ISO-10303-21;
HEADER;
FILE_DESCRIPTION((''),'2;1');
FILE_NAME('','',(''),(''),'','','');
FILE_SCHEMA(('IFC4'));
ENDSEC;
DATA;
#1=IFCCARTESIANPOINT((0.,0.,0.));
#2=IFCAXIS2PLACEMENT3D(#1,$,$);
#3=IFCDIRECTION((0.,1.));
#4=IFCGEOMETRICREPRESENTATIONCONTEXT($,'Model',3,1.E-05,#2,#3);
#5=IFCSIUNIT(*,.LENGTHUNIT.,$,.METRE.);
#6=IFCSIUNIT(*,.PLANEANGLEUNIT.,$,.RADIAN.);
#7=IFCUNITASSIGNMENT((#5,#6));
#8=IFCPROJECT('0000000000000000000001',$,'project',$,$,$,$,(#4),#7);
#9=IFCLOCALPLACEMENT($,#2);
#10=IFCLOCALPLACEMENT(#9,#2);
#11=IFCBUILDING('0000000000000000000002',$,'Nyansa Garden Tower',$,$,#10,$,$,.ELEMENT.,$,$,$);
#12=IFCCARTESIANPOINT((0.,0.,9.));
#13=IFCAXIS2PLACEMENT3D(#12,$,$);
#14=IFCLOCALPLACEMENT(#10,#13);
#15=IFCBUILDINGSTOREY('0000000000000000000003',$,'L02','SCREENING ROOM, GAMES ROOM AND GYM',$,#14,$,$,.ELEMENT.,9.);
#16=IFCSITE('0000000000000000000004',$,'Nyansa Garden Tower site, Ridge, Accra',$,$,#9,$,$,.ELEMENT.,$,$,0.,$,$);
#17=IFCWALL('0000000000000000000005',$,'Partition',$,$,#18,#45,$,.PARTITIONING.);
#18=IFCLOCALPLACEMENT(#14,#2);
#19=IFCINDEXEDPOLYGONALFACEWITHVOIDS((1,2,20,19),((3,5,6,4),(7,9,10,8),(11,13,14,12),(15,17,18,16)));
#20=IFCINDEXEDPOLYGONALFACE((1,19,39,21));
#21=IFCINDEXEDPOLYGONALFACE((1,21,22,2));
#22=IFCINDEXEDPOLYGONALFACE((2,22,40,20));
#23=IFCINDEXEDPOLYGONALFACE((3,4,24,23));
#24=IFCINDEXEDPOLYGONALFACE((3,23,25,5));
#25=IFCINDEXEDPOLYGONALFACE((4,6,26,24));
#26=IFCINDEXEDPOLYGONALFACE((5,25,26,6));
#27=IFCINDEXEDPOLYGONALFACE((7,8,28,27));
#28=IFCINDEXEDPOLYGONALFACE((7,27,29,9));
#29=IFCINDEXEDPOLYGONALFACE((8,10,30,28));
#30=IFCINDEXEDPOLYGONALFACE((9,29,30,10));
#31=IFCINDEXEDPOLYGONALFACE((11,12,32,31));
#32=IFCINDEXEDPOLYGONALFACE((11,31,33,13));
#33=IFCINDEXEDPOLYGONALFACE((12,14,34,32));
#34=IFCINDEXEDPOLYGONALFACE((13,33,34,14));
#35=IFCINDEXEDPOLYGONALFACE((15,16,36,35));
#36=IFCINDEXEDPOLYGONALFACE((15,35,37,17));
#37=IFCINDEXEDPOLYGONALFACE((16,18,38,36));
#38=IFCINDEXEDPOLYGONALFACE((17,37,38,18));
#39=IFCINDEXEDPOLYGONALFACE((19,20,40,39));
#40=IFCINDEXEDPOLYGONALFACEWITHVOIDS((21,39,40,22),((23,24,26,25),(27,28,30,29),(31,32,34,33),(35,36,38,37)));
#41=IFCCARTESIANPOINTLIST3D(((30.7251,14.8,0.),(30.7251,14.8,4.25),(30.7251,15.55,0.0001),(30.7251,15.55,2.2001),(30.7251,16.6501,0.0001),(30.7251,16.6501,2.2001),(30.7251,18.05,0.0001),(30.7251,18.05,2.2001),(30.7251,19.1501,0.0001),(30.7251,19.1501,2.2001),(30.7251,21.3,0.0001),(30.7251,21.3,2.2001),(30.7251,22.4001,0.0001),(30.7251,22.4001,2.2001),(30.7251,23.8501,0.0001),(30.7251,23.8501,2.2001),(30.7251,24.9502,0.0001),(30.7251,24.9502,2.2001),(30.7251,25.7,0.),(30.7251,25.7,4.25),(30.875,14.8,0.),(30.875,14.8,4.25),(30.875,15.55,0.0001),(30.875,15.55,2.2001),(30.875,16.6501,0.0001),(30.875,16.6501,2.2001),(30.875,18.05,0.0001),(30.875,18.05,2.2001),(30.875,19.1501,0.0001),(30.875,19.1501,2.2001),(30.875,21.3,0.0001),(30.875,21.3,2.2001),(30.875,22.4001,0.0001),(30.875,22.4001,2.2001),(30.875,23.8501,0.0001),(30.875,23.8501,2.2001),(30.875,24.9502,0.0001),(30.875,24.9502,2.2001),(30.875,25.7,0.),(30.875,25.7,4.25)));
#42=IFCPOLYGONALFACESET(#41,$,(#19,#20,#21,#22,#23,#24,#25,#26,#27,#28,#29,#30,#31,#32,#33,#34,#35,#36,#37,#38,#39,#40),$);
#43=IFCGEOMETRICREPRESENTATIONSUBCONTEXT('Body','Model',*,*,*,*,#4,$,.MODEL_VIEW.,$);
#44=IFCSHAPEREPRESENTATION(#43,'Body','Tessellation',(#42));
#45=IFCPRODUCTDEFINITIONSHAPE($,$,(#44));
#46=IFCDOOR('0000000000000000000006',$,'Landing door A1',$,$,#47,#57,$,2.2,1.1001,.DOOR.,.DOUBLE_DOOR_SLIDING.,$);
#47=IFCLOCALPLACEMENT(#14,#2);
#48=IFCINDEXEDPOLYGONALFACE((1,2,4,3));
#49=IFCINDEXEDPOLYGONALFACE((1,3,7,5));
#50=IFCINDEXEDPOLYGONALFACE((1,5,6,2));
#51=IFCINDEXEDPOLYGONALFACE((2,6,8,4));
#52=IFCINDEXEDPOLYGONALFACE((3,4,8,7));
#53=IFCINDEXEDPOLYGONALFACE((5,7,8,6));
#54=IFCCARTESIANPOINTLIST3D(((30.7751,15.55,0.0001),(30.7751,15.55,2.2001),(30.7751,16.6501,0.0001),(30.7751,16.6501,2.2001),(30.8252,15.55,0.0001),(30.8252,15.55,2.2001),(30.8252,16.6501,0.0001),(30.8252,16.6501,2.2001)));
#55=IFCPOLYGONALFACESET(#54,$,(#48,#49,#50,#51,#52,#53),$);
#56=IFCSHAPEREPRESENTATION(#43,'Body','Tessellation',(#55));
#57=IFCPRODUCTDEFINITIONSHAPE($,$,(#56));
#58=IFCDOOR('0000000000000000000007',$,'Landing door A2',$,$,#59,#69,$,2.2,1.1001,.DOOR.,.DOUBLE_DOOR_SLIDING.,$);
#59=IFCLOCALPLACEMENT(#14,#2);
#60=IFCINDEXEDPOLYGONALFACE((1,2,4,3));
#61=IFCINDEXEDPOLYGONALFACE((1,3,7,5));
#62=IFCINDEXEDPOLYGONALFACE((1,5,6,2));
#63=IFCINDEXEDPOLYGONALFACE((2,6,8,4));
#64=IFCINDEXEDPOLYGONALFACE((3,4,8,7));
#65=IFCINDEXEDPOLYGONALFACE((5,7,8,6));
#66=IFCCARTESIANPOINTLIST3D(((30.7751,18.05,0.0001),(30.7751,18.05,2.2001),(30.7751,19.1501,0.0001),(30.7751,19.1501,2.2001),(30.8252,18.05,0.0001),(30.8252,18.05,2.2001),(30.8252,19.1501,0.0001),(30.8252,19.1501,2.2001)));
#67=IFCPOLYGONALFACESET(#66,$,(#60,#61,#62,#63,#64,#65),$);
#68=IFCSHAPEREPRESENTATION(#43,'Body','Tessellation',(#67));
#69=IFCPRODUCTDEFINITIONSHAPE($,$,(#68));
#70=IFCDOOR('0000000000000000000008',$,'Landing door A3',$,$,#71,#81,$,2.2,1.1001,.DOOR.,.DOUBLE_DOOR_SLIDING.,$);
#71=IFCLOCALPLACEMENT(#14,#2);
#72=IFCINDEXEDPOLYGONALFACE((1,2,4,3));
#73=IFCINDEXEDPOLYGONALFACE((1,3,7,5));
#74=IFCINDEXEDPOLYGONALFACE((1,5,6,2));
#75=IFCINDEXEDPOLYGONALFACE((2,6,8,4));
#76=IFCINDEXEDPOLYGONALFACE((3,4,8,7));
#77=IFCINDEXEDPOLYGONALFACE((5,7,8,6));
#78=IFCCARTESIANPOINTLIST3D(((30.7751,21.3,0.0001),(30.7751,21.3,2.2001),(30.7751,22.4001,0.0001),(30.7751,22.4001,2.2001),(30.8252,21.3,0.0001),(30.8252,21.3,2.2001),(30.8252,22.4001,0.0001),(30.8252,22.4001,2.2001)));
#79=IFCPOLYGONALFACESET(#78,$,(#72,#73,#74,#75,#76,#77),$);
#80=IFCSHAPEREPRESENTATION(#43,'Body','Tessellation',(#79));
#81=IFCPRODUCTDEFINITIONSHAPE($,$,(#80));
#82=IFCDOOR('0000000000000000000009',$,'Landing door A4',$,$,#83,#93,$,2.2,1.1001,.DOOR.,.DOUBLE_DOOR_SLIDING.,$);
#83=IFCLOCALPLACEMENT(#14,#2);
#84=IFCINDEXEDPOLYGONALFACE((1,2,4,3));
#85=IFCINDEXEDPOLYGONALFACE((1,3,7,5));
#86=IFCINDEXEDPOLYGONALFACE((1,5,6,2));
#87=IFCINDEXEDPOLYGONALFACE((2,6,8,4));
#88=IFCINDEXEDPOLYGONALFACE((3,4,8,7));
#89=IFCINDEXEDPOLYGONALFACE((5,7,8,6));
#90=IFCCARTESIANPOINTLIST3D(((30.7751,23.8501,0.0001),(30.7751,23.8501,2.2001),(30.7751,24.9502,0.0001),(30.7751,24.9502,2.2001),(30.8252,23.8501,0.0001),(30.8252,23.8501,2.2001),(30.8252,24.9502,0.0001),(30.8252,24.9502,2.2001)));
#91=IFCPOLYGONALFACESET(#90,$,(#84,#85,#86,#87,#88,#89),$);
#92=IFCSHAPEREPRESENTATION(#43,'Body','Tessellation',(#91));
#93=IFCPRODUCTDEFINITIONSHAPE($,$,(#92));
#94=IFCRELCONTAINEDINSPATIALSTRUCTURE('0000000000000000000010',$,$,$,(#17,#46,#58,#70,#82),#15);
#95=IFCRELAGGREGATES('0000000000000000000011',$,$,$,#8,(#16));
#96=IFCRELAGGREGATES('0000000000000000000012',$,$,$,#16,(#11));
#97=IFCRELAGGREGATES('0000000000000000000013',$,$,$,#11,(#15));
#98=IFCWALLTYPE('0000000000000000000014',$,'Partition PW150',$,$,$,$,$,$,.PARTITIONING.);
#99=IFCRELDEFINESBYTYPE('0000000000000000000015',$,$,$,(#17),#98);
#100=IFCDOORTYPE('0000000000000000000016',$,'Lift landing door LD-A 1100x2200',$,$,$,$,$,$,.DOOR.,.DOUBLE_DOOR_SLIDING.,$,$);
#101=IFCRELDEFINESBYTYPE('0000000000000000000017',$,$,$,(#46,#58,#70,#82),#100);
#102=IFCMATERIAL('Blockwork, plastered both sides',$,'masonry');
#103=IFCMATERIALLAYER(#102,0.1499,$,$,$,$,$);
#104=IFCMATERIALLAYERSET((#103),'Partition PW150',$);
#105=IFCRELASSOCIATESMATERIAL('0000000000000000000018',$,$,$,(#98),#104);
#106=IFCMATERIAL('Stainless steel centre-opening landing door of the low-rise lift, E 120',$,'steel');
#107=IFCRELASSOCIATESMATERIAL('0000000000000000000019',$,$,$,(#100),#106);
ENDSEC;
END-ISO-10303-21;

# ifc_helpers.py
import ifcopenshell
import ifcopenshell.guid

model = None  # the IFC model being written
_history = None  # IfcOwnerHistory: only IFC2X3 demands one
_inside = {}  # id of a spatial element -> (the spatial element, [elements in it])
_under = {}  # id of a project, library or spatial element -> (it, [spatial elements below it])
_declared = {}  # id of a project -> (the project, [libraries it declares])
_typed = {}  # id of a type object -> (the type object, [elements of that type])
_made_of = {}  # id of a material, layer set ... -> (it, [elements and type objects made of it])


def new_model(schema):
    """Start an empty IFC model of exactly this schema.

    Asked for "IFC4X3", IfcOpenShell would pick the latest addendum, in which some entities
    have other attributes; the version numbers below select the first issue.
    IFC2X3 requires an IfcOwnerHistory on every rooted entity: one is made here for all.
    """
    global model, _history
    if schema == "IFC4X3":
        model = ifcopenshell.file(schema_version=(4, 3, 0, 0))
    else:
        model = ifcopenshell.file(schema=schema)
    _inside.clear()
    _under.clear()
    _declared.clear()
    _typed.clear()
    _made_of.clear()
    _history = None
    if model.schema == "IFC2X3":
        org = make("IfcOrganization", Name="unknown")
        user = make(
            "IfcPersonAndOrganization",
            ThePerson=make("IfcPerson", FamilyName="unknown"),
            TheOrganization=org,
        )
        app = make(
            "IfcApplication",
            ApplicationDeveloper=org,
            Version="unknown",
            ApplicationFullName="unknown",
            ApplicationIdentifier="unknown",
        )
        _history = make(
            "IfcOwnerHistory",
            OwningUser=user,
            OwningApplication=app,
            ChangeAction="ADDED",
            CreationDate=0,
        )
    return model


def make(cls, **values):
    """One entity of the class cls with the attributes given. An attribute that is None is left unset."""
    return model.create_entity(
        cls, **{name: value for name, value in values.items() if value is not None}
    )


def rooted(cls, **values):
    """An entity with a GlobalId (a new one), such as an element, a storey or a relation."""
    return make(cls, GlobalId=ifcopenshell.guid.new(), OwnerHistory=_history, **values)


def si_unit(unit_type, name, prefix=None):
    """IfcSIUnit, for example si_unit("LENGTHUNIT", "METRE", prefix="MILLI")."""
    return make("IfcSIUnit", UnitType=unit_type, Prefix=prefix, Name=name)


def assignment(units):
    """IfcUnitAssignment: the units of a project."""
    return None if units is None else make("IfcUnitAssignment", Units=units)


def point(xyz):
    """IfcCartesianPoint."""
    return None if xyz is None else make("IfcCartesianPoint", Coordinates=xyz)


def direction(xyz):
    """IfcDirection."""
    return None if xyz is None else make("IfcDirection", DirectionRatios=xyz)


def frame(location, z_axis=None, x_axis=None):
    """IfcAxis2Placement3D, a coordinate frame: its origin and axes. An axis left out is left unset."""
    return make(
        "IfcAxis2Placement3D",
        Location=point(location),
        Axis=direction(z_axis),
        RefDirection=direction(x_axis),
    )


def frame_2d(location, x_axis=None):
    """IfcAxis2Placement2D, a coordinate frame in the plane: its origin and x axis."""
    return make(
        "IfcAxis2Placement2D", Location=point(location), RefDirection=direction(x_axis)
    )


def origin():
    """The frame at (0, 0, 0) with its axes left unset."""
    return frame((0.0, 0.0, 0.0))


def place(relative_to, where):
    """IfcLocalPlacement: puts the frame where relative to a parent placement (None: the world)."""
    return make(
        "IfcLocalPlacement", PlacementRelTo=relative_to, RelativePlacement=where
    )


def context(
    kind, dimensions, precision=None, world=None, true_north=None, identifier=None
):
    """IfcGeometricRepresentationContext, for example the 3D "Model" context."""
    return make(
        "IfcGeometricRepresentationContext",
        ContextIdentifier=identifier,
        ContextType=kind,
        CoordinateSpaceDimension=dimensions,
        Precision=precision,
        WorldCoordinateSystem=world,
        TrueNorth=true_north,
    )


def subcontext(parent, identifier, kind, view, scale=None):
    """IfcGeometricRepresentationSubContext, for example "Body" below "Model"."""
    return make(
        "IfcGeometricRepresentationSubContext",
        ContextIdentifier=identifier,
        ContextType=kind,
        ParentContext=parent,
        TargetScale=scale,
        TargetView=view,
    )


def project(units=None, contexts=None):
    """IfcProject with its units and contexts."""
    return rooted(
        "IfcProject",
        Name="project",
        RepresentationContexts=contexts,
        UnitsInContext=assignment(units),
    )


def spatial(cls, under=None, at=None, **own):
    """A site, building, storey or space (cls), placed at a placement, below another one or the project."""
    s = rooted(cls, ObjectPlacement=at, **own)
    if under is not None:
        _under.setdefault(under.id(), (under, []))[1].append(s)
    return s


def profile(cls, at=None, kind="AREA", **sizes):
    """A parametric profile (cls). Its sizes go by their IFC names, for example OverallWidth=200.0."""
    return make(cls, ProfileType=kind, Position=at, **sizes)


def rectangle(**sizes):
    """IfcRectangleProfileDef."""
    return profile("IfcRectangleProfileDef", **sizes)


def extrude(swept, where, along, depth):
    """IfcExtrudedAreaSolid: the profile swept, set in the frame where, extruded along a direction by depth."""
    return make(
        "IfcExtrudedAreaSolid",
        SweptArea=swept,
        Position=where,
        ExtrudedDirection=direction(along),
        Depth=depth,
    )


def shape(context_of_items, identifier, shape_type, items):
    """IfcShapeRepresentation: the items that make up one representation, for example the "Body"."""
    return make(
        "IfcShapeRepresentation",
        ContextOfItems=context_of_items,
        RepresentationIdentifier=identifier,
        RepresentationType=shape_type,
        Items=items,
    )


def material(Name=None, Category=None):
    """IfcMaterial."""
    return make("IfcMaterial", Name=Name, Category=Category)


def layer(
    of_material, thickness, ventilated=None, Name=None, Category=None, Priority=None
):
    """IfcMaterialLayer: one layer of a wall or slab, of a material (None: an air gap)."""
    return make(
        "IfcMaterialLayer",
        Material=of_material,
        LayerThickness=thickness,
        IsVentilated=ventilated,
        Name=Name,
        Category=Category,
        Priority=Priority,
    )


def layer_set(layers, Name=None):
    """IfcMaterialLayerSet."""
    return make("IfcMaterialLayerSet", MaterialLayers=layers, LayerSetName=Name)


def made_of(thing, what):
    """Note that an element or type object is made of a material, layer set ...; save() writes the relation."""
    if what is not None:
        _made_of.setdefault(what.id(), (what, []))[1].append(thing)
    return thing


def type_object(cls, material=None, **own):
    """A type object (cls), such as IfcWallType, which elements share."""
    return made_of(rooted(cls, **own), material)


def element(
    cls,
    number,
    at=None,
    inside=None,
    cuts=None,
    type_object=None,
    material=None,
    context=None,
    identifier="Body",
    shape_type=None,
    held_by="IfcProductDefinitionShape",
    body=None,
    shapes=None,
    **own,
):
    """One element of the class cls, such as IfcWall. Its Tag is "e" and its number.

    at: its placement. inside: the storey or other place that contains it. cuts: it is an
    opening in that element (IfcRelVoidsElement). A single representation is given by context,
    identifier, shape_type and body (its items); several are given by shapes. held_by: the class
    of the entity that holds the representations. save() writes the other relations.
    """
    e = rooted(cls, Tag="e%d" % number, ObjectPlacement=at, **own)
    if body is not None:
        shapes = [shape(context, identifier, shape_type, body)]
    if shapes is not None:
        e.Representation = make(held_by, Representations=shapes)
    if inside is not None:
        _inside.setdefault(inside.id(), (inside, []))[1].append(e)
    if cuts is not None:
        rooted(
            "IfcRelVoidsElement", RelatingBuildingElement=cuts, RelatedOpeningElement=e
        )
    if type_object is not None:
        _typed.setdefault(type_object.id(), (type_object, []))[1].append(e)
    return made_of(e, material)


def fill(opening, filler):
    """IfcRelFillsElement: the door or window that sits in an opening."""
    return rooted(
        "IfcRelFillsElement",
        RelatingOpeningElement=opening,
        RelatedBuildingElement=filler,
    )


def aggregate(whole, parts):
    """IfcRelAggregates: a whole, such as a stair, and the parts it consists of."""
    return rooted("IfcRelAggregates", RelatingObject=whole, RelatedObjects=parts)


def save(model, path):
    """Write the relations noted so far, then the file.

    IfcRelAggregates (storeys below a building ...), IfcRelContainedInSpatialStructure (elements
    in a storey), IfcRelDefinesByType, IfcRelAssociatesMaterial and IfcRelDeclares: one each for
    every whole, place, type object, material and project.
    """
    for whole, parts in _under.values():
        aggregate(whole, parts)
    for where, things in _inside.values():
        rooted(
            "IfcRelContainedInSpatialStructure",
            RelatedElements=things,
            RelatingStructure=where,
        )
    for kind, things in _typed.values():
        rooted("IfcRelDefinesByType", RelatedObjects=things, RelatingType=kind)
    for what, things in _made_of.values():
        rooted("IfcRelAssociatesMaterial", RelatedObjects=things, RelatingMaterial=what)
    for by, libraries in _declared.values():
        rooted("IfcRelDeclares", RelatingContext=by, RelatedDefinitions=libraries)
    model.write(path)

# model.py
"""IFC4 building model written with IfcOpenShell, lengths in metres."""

from ifc_helpers import new_model, si_unit, direction, frame, frame_2d, origin, place, context, subcontext, project, spatial, rectangle, extrude, material, layer, layer_set, type_object, element, fill, save


model = new_model("IFC4")

# Units and contexts
model_context = context("Model", 3, precision=1e-05, world=origin(), true_north=direction((0.0, 1.0)))
body_context = subcontext(model_context, "Body", "Model", "MODEL_VIEW")
ifc_project = project(units=[si_unit("LENGTHUNIT", "METRE"), si_unit("PLANEANGLEUNIT", "RADIAN")], contexts=[model_context])

# Site, building, storey
site_placement = place(None, origin())
site = spatial("IfcSite", under=ifc_project, at=site_placement, Name="Nyansa Garden Tower site, Ridge, Accra", CompositionType="ELEMENT", RefElevation=0.0)
building_placement = place(site_placement, origin())
building = spatial("IfcBuilding", under=site, at=building_placement, Name="Nyansa Garden Tower", CompositionType="ELEMENT")
storey_placement = place(building_placement, frame((0.0, 0.0, 9.0)))
storey = spatial("IfcBuildingStorey", under=building, at=storey_placement, Name="L02", Description="SCREENING ROOM, GAMES ROOM AND GYM", CompositionType="ELEMENT", Elevation=9.0)

# Shared definitions
ifc_material_1 = material(Name="Blockwork, plastered both sides", Category="masonry")
ifc_layer_1 = layer(ifc_material_1, 0.1499)
ifc_layer_set_1 = layer_set([ifc_layer_1], Name="Partition PW150")
wall_type_1 = type_object("IfcWallType", Name="Partition PW150", PredefinedType="PARTITIONING", material=ifc_layer_set_1)

# Wall, openings, doors
wall_1_placement = place(storey_placement, frame((30.8, 14.8, 0.0), z_axis=(0.0, 0.0, 1.0), x_axis=(0.0, 1.0, 0.0)))
wall_1 = element("IfcWall", 1, at=wall_1_placement, inside=storey, type_object=wall_type_1, Name="Partition", PredefinedType="PARTITIONING", context=body_context, shape_type="SweptSolid", body=[
    extrude(rectangle(XDim=10.8999, YDim=0.1499, at=frame_2d((5.45, 0.0))), origin(), (0.0, 0.0, 1.0), 4.25),
])
opening_1_placement = place(wall_1_placement, frame((0.75, 0.0, 0.0)))
opening_1 = element("IfcOpeningElement", 2, at=opening_1_placement, cuts=wall_1, PredefinedType="OPENING", context=body_context, shape_type="SweptSolid", body=[
    extrude(rectangle(XDim=1.1001, YDim=2.2, at=frame_2d((0.55, 1.1001))), frame((0.0, 0.085, 0.0), z_axis=(0.0, -1.0, 0.0), x_axis=(1.0, 0.0, 0.0)), (0.0, 0.0, 1.0), 0.1699),
])
opening_2_placement = place(wall_1_placement, frame((3.25, 0.0, 0.0)))
opening_2 = element("IfcOpeningElement", 3, at=opening_2_placement, cuts=wall_1, PredefinedType="OPENING", context=body_context, shape_type="SweptSolid", body=[
    extrude(rectangle(XDim=1.1001, YDim=2.2, at=frame_2d((0.55, 1.1001))), frame((0.0, 0.085, 0.0), z_axis=(0.0, -1.0, 0.0), x_axis=(1.0, 0.0, 0.0)), (0.0, 0.0, 1.0), 0.1699),
])
opening_3_placement = place(wall_1_placement, frame((6.5, 0.0, 0.0)))
opening_3 = element("IfcOpeningElement", 4, at=opening_3_placement, cuts=wall_1, PredefinedType="OPENING", context=body_context, shape_type="SweptSolid", body=[
    extrude(rectangle(XDim=1.1001, YDim=2.2, at=frame_2d((0.55, 1.1001))), frame((0.0, 0.085, 0.0), z_axis=(0.0, -1.0, 0.0), x_axis=(1.0, 0.0, 0.0)), (0.0, 0.0, 1.0), 0.1699),
])
opening_4_placement = place(wall_1_placement, frame((9.05, 0.0, 0.0)))
opening_4 = element("IfcOpeningElement", 5, at=opening_4_placement, cuts=wall_1, PredefinedType="OPENING", context=body_context, shape_type="SweptSolid", body=[
    extrude(rectangle(XDim=1.1001, YDim=2.2, at=frame_2d((0.55, 1.1001))), frame((0.0, 0.085, 0.0), z_axis=(0.0, -1.0, 0.0), x_axis=(1.0, 0.0, 0.0)), (0.0, 0.0, 1.0), 0.1699),
])
ifc_material_2 = material(Name="Stainless steel centre-opening landing door of the low-rise lift, E 120", Category="steel")
door_type_1 = type_object("IfcDoorType", Name="Lift landing door LD-A 1100x2200", OperationType="DOUBLE_DOOR_SLIDING", PredefinedType="DOOR", material=ifc_material_2)
door_1_placement = place(opening_1_placement, origin())
door_1 = element("IfcDoor", 6, at=door_1_placement, inside=storey, type_object=door_type_1, Name="Landing door A1", OperationType="DOUBLE_DOOR_SLIDING", OverallHeight=2.2, OverallWidth=1.1001, PredefinedType="DOOR", context=body_context, shape_type="SweptSolid", body=[
    extrude(rectangle(XDim=1.1001, YDim=2.2, at=frame_2d((0.55, 1.1001))), frame((0.0, 0.0249, 0.0), z_axis=(0.0, -1.0, 0.0), x_axis=(1.0, 0.0, 0.0)), (0.0, 0.0, 1.0), 0.05),
])
fill(opening_1, door_1)
door_2_placement = place(opening_2_placement, origin())
door_2 = element("IfcDoor", 7, at=door_2_placement, inside=storey, type_object=door_type_1, Name="Landing door A2", OperationType="DOUBLE_DOOR_SLIDING", OverallHeight=2.2, OverallWidth=1.1001, PredefinedType="DOOR", context=body_context, shape_type="SweptSolid", body=[
    extrude(rectangle(XDim=1.1001, YDim=2.2, at=frame_2d((0.55, 1.1001))), frame((0.0, 0.0249, 0.0), z_axis=(0.0, -1.0, 0.0), x_axis=(1.0, 0.0, 0.0)), (0.0, 0.0, 1.0), 0.05),
])
fill(opening_2, door_2)
door_3_placement = place(opening_3_placement, origin())
door_3 = element("IfcDoor", 8, at=door_3_placement, inside=storey, type_object=door_type_1, Name="Landing door A3", OperationType="DOUBLE_DOOR_SLIDING", OverallHeight=2.2, OverallWidth=1.1001, PredefinedType="DOOR", context=body_context, shape_type="SweptSolid", body=[
    extrude(rectangle(XDim=1.1001, YDim=2.2, at=frame_2d((0.55, 1.1001))), frame((0.0, 0.0249, 0.0), z_axis=(0.0, -1.0, 0.0), x_axis=(1.0, 0.0, 0.0)), (0.0, 0.0, 1.0), 0.05),
])
fill(opening_3, door_3)
door_4_placement = place(opening_4_placement, origin())
door_4 = element("IfcDoor", 9, at=door_4_placement, inside=storey, type_object=door_type_1, Name="Landing door A4", OperationType="DOUBLE_DOOR_SLIDING", OverallHeight=2.2, OverallWidth=1.1001, PredefinedType="DOOR", context=body_context, shape_type="SweptSolid", body=[
    extrude(rectangle(XDim=1.1001, YDim=2.2, at=frame_2d((0.55, 1.1001))), frame((0.0, 0.0249, 0.0), z_axis=(0.0, -1.0, 0.0), x_axis=(1.0, 0.0, 0.0)), (0.0, 0.0, 1.0), 0.05),
])
fill(opening_4, door_4)

save(model, "model.ifc")
